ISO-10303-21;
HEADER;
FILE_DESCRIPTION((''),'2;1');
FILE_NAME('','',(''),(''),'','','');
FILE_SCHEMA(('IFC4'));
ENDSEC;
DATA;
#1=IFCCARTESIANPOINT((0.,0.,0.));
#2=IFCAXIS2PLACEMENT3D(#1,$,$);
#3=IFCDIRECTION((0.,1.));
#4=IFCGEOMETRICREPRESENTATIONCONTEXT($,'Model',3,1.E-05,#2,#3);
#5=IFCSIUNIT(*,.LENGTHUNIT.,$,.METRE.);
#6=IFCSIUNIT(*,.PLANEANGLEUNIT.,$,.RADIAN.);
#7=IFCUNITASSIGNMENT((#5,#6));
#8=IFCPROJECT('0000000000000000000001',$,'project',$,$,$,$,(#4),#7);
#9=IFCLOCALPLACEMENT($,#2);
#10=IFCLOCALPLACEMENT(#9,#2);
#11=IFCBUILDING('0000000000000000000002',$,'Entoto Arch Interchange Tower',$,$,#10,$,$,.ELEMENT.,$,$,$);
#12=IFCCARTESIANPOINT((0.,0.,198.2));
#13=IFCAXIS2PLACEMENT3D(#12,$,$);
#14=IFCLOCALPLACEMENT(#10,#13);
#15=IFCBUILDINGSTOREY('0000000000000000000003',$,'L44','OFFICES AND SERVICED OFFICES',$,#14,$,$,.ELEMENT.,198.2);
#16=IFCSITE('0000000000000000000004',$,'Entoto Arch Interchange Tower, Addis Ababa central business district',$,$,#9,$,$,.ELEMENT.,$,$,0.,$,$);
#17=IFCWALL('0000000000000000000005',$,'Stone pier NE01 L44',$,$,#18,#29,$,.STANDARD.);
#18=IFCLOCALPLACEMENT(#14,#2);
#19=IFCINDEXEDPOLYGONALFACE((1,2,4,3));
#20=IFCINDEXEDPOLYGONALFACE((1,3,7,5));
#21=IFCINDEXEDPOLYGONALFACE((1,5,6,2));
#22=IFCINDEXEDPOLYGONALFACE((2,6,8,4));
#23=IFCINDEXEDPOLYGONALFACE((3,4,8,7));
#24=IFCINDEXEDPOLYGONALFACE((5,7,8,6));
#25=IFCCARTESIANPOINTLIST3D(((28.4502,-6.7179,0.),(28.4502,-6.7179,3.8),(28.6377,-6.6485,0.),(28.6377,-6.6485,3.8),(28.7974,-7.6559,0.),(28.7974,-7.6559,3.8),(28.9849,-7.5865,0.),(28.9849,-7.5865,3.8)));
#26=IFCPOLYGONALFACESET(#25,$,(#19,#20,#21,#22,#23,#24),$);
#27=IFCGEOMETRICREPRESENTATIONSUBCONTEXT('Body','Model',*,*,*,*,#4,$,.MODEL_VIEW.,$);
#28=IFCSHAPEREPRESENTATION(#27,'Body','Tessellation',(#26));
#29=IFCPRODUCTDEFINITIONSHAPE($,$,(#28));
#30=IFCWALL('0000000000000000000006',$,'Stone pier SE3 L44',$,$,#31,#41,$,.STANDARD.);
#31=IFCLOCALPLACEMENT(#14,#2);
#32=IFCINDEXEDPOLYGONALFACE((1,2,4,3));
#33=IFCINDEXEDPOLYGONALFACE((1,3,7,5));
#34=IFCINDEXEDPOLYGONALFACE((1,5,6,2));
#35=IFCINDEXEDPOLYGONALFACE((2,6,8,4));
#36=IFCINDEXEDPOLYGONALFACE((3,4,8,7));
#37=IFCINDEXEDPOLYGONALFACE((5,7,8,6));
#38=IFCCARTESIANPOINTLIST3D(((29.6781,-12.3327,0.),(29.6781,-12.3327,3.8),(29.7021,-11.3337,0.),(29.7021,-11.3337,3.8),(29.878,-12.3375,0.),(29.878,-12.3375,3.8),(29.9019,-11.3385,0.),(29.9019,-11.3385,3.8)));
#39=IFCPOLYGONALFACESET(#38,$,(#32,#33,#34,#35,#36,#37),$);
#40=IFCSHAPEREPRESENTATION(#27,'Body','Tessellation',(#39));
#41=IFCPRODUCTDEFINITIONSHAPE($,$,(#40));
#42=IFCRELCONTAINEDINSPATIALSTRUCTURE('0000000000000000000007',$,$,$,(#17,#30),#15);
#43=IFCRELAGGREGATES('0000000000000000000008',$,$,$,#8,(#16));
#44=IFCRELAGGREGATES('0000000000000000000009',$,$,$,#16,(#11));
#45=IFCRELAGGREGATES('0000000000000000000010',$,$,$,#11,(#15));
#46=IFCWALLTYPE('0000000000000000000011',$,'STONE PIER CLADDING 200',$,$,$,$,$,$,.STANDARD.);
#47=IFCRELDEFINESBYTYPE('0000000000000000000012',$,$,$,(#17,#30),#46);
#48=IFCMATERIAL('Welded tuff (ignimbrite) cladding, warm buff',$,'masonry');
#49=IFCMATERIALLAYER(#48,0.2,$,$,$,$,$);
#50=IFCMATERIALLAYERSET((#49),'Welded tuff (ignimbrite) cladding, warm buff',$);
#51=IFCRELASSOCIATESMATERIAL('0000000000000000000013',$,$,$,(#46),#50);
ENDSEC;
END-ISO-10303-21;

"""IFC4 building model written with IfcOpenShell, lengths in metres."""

from ifc_helpers import new_model, si_unit, direction, frame, frame_2d, origin, place, context, subcontext, project, spatial, rectangle, extrude, material, layer, layer_set, type_object, element, save


model = new_model("IFC4")

# Units and contexts
model_context = context("Model", 3, precision=1e-05, world=origin(), true_north=direction((0.0, 1.0)))
body_context = subcontext(model_context, "Body", "Model", "MODEL_VIEW")
ifc_project = project(units=[si_unit("LENGTHUNIT", "METRE"), si_unit("PLANEANGLEUNIT", "RADIAN")], contexts=[model_context])

# Site, building, storey
site_placement = place(None, origin())
site = spatial("IfcSite", under=ifc_project, at=site_placement, Name="Entoto Arch Interchange Tower, Addis Ababa central business district", CompositionType="ELEMENT", RefElevation=0.0)
building_placement = place(site_placement, origin())
building = spatial("IfcBuilding", under=site, at=building_placement, Name="Entoto Arch Interchange Tower", CompositionType="ELEMENT")
storey_placement = place(building_placement, frame((0.0, 0.0, 198.2)))
storey = spatial("IfcBuildingStorey", under=building, at=storey_placement, Name="L44", Description="OFFICES AND SERVICED OFFICES", CompositionType="ELEMENT", Elevation=198.2)

# Shared definitions
ifc_material_1 = material(Name="Welded tuff (ignimbrite) cladding, warm buff", Category="masonry")

# Walls
ifc_layer_1 = layer(ifc_material_1, 0.2)
ifc_layer_set_1 = layer_set([ifc_layer_1], Name="Welded tuff (ignimbrite) cladding, warm buff")
wall_type_1 = type_object("IfcWallType", Name="STONE PIER CLADDING 200", PredefinedType="STANDARD", material=ifc_layer_set_1)
wall_1_placement = place(storey_placement, frame((28.8911, -7.6211, 0.0), z_axis=(0.0, 0.0, 1.0), x_axis=(-0.347108, 0.937825, 0.0)))
element("IfcWall", 1, at=wall_1_placement, inside=storey, type_object=wall_type_1, Name="Stone pier NE01 L44", PredefinedType="STANDARD", context=body_context, shape_type="SweptSolid", body=[
    extrude(rectangle(XDim=1.0002, YDim=0.2, at=frame_2d((0.5, 0.0))), origin(), (0.0, 0.0, 1.0), 3.8),
])
wall_2_placement = place(storey_placement, frame((29.7781, -12.335, 0.0), z_axis=(0.0, 0.0, 1.0), x_axis=(0.023942, 0.999713, 0.0)))
element("IfcWall", 2, at=wall_2_placement, inside=storey, type_object=wall_type_1, Name="Stone pier SE3 L44", PredefinedType="STANDARD", context=body_context, shape_type="SweptSolid", body=[
    extrude(rectangle(XDim=0.9993, YDim=0.2, at=frame_2d((0.4995, 0.0))), origin(), (0.0, 0.0, 1.0), 3.8),
])

save(model, "model.ifc")
